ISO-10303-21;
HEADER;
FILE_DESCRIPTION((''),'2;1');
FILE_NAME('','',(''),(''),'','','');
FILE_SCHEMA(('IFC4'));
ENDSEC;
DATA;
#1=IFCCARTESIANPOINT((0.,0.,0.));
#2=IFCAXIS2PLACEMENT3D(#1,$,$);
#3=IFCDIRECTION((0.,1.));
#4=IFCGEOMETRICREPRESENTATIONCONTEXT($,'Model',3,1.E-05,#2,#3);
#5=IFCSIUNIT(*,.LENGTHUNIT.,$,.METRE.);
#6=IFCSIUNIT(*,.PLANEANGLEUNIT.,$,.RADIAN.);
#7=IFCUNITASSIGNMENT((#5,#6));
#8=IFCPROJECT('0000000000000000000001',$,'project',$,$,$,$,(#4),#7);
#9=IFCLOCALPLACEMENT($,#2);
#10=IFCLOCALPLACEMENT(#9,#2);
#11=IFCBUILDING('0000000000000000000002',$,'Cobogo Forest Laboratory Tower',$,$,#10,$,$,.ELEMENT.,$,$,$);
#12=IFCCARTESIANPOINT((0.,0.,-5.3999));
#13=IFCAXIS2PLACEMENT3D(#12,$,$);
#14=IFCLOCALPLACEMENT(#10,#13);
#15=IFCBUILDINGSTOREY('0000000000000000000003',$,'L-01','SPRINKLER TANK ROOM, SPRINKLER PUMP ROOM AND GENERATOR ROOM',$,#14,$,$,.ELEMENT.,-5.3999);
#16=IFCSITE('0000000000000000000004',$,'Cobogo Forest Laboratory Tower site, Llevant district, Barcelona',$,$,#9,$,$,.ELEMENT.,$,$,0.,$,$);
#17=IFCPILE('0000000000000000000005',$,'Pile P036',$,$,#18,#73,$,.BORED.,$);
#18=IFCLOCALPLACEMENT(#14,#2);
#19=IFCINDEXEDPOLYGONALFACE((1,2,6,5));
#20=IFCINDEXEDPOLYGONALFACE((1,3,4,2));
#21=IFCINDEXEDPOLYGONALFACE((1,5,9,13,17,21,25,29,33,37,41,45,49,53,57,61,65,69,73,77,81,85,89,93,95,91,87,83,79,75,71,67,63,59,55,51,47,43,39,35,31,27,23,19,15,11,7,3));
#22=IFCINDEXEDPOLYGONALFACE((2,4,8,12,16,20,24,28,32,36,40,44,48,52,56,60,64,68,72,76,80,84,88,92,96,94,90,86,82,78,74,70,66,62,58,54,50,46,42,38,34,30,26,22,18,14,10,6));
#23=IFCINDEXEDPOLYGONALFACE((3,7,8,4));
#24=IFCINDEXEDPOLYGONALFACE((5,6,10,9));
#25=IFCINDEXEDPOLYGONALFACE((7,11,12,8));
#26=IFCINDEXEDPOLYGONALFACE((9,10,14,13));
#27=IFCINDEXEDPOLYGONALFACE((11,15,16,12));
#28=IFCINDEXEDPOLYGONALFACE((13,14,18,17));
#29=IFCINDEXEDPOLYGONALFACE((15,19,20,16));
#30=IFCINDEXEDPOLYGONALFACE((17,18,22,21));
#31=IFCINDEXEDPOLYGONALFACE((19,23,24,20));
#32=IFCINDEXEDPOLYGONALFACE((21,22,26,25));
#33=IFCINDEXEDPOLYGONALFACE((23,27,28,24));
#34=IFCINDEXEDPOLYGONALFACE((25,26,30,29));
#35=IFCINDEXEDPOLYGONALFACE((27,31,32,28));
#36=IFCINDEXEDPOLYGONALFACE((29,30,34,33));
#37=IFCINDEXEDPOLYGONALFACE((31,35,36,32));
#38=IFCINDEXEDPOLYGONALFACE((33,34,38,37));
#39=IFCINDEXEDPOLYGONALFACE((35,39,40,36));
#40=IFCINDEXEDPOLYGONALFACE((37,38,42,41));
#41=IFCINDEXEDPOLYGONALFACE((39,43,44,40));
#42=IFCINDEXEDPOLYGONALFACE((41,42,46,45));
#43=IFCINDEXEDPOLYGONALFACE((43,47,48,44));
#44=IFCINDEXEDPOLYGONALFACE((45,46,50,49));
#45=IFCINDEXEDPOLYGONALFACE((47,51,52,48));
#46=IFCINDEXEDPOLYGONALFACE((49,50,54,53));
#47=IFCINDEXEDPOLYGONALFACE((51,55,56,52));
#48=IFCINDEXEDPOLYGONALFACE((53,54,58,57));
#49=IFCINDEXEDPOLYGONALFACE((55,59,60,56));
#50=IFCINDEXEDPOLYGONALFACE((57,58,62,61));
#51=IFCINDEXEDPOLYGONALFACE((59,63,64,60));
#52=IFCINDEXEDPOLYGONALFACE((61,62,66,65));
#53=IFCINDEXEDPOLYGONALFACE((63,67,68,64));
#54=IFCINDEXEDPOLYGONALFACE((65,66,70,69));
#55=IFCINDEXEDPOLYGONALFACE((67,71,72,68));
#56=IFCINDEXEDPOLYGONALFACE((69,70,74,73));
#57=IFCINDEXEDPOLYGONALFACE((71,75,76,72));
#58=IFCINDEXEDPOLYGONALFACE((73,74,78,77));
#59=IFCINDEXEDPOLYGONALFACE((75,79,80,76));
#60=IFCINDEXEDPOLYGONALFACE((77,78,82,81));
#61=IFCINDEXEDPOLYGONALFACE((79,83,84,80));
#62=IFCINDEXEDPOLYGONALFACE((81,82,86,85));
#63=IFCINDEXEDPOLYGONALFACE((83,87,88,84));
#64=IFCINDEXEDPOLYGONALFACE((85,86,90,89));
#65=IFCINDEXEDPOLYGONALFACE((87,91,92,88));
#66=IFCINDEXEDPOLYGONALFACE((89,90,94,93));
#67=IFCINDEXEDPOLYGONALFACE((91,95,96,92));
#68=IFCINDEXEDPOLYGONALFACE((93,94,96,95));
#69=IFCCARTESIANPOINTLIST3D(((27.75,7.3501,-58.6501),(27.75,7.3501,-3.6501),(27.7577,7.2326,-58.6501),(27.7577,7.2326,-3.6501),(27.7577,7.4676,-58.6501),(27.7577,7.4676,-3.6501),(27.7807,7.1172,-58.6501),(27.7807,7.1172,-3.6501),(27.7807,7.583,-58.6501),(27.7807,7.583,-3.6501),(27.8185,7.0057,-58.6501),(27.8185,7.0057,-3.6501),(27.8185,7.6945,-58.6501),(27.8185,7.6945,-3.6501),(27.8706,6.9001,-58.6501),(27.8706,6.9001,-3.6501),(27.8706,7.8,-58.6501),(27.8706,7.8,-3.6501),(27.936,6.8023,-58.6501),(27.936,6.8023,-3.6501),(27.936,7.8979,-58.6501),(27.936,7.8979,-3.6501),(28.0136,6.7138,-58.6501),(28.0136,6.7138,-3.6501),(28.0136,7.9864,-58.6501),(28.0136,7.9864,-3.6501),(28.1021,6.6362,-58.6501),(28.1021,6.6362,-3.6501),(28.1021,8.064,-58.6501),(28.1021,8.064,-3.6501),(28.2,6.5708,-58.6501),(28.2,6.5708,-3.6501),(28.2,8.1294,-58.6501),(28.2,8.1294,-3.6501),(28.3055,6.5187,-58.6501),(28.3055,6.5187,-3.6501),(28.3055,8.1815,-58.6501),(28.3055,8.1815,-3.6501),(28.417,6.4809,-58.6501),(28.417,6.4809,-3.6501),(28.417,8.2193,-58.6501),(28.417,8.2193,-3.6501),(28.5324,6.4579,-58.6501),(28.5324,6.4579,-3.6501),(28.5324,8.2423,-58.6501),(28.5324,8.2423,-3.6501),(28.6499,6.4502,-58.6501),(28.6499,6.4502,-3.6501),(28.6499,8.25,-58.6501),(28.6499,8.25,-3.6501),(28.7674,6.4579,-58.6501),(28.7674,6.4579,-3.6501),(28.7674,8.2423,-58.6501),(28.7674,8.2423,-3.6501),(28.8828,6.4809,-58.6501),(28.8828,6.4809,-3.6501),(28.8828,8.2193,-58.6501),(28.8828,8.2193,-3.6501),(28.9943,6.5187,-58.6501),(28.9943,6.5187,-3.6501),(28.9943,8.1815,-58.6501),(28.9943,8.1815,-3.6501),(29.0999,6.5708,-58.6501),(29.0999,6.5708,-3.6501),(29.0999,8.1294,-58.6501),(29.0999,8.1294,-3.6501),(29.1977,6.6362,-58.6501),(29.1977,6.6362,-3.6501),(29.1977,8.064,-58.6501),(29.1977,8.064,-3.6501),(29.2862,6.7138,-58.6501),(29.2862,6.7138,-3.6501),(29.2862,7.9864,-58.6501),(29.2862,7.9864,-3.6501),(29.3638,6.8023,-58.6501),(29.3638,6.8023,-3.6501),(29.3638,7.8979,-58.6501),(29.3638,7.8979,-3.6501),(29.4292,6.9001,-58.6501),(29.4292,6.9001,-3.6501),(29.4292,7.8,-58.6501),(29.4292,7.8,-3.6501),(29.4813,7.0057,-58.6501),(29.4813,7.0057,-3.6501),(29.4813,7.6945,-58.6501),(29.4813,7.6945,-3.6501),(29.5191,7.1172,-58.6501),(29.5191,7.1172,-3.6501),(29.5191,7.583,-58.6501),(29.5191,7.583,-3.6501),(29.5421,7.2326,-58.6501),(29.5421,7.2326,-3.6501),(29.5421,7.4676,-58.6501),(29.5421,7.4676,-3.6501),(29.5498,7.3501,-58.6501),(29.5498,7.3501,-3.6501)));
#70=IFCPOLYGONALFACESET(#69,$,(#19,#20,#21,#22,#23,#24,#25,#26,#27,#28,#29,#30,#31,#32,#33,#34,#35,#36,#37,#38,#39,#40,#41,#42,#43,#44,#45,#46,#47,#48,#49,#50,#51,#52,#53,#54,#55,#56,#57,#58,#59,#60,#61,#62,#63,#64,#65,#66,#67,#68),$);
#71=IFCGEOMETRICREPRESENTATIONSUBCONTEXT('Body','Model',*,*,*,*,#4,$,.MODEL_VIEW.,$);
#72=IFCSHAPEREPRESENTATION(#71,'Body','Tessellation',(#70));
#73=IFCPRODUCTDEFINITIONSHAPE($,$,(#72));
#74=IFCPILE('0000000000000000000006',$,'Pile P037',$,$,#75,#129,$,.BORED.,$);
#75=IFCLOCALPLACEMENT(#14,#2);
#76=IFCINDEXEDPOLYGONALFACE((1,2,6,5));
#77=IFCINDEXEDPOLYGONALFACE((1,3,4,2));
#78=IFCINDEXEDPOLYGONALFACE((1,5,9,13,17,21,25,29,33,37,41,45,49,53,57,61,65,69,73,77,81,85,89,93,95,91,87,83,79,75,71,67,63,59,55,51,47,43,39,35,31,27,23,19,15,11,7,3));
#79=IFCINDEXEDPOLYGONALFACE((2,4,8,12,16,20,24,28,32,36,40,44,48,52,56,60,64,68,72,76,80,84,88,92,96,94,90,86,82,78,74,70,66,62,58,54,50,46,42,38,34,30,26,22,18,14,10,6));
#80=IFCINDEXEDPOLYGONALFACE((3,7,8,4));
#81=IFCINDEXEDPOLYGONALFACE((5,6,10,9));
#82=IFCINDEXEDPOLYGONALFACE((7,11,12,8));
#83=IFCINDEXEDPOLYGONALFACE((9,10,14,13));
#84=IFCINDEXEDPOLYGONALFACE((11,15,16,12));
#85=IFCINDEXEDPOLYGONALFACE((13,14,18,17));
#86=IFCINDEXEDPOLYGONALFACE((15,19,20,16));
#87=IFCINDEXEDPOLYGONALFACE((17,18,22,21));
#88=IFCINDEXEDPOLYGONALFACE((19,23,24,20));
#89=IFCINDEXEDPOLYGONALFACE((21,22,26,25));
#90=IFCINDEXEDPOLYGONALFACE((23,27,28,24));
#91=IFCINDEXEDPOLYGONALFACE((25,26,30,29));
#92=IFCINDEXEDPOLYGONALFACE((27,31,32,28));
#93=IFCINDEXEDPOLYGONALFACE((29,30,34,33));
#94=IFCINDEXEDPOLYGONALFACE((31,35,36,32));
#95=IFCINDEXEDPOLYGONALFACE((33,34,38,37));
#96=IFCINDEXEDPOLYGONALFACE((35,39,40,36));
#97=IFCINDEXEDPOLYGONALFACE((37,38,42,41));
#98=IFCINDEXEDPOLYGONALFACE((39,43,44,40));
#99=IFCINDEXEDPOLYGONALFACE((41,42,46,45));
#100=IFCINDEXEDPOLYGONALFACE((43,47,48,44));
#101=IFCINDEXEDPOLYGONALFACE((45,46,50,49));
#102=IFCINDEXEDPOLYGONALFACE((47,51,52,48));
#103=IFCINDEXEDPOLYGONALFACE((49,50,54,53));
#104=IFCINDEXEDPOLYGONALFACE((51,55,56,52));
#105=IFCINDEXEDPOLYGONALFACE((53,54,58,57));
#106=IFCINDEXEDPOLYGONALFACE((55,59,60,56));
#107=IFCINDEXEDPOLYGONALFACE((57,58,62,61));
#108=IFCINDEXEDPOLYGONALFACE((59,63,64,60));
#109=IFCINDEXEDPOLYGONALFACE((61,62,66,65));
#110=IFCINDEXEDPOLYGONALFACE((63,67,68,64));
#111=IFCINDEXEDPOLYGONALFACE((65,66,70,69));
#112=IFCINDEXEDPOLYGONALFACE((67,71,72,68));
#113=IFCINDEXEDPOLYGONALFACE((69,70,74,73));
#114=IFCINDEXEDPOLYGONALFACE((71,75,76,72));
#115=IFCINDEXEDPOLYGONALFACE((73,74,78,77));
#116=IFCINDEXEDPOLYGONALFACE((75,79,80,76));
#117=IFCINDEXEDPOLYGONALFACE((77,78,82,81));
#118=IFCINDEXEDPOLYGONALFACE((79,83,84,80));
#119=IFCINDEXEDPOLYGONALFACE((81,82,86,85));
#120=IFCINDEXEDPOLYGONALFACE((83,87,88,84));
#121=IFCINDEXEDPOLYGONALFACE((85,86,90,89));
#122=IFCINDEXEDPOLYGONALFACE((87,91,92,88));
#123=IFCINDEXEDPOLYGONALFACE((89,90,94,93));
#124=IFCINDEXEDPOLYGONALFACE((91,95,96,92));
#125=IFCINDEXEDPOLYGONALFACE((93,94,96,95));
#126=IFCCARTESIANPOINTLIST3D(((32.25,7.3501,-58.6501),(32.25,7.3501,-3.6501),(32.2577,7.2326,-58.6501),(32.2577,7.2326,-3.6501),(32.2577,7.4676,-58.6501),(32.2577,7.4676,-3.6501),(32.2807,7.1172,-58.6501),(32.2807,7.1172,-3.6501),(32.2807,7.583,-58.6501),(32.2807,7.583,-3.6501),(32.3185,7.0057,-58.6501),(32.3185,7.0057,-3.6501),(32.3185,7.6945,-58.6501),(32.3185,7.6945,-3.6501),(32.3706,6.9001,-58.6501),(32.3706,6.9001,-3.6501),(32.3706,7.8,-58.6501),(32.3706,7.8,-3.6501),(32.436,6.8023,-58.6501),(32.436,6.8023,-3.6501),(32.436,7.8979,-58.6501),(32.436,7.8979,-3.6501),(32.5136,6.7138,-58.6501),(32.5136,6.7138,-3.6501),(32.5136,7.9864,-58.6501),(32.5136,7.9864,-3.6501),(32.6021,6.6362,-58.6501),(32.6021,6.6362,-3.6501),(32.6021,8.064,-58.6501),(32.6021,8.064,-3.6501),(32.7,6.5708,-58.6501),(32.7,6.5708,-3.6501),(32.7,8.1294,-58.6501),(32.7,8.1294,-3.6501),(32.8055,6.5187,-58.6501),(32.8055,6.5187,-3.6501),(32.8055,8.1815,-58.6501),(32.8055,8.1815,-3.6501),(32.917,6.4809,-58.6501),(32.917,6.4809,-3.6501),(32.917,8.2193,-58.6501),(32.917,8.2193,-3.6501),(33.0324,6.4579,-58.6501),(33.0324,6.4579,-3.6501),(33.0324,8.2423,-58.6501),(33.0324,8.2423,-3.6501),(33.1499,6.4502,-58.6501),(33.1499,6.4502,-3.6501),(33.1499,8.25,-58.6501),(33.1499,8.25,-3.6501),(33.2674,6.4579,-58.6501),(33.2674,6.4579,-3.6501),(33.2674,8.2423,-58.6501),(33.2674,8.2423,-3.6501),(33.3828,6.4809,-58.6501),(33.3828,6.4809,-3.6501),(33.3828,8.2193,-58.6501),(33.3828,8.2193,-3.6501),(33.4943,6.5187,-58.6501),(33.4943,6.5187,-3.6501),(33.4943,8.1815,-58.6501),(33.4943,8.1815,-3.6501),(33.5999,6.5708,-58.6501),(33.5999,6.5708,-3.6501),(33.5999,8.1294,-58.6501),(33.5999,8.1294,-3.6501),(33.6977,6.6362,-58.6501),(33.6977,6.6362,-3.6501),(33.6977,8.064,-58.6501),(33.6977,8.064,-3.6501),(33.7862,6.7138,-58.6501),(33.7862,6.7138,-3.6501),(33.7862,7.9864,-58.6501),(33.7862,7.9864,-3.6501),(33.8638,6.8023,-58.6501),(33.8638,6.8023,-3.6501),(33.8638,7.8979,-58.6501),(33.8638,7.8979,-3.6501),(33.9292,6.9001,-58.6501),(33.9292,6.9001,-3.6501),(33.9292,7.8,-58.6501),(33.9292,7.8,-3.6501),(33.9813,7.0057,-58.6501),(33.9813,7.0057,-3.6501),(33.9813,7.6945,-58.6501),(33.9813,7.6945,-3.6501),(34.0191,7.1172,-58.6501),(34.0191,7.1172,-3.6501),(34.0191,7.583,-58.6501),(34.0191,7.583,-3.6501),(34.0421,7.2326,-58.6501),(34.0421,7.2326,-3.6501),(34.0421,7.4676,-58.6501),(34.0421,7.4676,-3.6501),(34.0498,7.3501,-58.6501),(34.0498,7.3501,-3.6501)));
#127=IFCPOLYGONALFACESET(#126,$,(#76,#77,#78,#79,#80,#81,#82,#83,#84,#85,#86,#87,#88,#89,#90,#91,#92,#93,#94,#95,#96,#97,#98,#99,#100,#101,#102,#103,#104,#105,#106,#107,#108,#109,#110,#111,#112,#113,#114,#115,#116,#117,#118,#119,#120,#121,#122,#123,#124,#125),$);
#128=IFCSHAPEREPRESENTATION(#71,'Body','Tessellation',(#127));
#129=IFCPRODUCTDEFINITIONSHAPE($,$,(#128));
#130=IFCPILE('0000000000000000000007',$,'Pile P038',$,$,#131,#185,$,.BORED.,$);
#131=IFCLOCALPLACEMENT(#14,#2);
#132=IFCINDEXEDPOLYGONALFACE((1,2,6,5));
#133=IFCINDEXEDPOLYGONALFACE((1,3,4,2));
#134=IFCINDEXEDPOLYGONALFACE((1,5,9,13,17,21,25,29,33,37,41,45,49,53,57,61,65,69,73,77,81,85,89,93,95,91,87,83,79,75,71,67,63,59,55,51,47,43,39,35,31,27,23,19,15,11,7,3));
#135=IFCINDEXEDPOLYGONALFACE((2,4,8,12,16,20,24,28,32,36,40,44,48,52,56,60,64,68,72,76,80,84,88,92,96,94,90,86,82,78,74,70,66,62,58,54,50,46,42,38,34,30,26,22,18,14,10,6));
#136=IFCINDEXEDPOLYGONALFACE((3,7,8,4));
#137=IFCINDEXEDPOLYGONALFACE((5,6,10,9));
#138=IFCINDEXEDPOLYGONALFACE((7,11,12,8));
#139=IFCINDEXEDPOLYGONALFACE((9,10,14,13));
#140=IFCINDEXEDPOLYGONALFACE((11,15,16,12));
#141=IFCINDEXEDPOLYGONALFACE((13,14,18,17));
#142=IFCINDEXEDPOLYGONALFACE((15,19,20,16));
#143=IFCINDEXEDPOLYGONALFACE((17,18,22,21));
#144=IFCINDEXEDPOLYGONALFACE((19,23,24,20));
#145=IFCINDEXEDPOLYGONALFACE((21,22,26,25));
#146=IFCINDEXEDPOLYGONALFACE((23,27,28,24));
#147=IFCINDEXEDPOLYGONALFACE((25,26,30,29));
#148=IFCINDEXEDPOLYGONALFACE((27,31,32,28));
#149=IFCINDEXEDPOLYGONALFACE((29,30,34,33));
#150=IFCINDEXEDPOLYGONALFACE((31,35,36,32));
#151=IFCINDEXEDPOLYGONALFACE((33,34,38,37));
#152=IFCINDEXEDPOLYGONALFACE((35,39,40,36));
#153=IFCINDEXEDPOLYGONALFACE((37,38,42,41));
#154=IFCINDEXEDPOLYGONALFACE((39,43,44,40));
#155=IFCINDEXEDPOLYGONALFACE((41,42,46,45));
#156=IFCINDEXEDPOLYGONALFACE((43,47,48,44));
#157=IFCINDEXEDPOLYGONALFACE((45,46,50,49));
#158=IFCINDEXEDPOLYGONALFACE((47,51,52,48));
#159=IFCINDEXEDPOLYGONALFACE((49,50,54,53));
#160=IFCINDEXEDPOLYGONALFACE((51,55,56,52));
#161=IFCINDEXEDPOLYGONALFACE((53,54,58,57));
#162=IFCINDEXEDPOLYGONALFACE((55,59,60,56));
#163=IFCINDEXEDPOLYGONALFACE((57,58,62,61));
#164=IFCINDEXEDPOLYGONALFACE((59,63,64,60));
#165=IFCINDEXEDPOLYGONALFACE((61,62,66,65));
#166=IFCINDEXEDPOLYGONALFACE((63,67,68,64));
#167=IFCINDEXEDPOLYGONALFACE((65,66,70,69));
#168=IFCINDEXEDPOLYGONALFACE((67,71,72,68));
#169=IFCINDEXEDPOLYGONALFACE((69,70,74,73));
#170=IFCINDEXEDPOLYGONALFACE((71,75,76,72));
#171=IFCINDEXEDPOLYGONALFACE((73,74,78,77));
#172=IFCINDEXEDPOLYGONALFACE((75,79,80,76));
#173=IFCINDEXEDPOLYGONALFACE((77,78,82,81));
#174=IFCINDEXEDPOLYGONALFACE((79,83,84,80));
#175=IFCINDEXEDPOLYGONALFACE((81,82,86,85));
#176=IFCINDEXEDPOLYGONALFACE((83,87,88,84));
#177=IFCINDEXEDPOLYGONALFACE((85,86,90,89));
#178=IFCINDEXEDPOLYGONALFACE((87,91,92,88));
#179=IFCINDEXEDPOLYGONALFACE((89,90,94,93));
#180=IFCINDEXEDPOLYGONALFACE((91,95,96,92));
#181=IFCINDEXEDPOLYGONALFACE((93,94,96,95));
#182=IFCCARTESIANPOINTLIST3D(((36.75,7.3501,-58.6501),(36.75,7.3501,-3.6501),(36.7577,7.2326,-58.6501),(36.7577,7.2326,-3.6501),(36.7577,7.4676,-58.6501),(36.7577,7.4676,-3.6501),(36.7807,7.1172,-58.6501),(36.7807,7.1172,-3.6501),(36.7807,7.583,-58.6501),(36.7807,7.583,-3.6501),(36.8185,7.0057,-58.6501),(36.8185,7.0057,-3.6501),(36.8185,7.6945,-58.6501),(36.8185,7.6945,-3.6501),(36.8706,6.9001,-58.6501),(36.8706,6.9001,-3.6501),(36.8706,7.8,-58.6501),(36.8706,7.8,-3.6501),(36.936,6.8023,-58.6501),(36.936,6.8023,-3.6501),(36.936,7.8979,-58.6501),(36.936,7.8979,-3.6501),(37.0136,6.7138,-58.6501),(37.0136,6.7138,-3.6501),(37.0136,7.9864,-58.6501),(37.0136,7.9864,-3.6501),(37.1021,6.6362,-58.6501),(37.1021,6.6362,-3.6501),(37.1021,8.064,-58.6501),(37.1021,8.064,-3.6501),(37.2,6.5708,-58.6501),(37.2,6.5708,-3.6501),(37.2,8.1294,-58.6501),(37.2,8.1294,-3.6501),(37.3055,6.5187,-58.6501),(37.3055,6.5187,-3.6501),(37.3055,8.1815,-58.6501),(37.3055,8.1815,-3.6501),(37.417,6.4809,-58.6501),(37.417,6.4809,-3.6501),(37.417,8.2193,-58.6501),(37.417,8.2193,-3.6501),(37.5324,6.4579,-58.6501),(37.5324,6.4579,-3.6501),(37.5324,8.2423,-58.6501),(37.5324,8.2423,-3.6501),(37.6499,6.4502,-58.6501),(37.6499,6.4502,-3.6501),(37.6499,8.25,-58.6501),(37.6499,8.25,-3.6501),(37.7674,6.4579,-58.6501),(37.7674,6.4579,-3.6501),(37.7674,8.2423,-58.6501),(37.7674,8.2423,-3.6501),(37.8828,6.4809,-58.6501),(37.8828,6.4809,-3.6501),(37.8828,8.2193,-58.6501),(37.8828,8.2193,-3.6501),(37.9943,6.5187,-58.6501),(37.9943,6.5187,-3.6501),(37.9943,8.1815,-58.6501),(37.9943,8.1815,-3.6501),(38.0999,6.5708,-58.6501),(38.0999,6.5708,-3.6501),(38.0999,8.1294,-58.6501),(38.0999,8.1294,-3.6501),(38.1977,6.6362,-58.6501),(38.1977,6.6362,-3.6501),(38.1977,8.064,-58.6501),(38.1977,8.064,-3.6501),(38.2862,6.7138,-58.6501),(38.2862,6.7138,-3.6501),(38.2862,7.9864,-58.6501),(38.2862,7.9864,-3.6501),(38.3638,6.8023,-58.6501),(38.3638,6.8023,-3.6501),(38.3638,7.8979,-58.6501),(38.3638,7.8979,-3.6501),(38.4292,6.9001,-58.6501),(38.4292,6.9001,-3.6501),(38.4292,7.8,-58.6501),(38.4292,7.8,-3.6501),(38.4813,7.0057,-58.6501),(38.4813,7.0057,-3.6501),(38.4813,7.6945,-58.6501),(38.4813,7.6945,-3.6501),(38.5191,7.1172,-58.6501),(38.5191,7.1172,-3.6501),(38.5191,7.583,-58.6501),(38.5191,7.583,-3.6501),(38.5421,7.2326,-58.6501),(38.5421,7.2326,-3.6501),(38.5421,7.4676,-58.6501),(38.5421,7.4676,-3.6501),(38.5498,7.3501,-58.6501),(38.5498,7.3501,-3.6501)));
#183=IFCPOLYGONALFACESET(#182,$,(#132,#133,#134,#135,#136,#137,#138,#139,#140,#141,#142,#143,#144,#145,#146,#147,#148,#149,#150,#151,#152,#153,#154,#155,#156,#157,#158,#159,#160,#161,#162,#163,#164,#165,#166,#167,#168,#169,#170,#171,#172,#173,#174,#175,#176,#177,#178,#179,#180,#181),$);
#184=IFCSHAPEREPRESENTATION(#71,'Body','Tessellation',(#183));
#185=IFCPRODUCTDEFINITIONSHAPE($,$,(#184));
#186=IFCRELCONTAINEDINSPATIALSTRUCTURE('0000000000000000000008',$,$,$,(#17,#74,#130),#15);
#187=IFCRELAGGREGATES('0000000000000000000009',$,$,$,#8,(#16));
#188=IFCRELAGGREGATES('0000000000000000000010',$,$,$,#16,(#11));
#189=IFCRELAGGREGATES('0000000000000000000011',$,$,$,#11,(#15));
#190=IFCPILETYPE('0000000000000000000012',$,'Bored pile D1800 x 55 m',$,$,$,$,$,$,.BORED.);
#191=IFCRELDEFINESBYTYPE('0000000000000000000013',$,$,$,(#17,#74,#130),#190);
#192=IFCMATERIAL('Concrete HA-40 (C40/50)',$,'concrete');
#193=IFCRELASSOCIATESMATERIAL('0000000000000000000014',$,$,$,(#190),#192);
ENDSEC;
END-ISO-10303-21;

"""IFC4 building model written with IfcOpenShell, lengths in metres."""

from ifc_helpers import new_model, si_unit, direction, frame, origin, origin_2d, place, context, subcontext, project, spatial, circle, extrude, material, material_profile, profile_set, type_object, element, save


model = new_model("IFC4")

# Units and contexts
model_context = context("Model", 3, precision=1e-05, world=origin(), true_north=direction((0.0, 1.0)))
body_context = subcontext(model_context, "Body", "Model", "MODEL_VIEW")
ifc_project = project(units=[si_unit("LENGTHUNIT", "METRE"), si_unit("PLANEANGLEUNIT", "RADIAN")], contexts=[model_context])

# Site, building, storey
site_placement = place(None, origin())
site = spatial("IfcSite", under=ifc_project, at=site_placement, Name="Cobogo Forest Laboratory Tower site, Llevant district, Barcelona", CompositionType="ELEMENT", RefElevation=0.0)
building_placement = place(site_placement, origin())
building = spatial("IfcBuilding", under=site, at=building_placement, Name="Cobogo Forest Laboratory Tower", CompositionType="ELEMENT")
storey_placement = place(building_placement, frame((0.0, 0.0, -5.3999)))
storey = spatial("IfcBuildingStorey", under=building, at=storey_placement, Name="L-01", Description="SPRINKLER TANK ROOM, SPRINKLER PUMP ROOM AND GENERATOR ROOM", CompositionType="ELEMENT", Elevation=-5.3999)

# Piles
ifc_material_1 = material(Name="Concrete HA-40 (C40/50)", Category="concrete")
ifc_material_profile_1 = material_profile(ifc_material_1, circle(Radius=0.8999, at=origin_2d()), Name="PILE D1800")
ifc_profile_set_1 = profile_set([ifc_material_profile_1], Name="Concrete HA-40 (C40/50)")
pile_type_1 = type_object("IfcPileType", Name="Bored pile D1800 x 55 m", PredefinedType="BORED", material=ifc_profile_set_1)
for number, where, z_axis, x_axis, name in (
    (1, (28.6499, 7.3501, -3.6501), (0.0, 0.0, -1.0), (1.0, 0.0, 0.0), "Pile P036"),
    (2, (33.1499, 7.3501, -3.6501), (0.0, 0.0, -1.0), (1.0, 0.0, 0.0), "Pile P037"),
    (3, (37.6499, 7.3501, -3.6501), (0.0, 0.0, -1.0), (1.0, 0.0, 0.0), "Pile P038"),
):
    element("IfcPile", number, at=place(storey_placement, frame(where, z_axis=z_axis, x_axis=x_axis)), inside=storey, type_object=pile_type_1, Name=name, PredefinedType="BORED", context=body_context, shape_type="SweptSolid", body=[
        extrude(circle(Radius=0.8999, at=origin_2d()), origin(), (0.0, 0.0, 1.0), 55.0),
    ])

save(model, "model.ifc")
